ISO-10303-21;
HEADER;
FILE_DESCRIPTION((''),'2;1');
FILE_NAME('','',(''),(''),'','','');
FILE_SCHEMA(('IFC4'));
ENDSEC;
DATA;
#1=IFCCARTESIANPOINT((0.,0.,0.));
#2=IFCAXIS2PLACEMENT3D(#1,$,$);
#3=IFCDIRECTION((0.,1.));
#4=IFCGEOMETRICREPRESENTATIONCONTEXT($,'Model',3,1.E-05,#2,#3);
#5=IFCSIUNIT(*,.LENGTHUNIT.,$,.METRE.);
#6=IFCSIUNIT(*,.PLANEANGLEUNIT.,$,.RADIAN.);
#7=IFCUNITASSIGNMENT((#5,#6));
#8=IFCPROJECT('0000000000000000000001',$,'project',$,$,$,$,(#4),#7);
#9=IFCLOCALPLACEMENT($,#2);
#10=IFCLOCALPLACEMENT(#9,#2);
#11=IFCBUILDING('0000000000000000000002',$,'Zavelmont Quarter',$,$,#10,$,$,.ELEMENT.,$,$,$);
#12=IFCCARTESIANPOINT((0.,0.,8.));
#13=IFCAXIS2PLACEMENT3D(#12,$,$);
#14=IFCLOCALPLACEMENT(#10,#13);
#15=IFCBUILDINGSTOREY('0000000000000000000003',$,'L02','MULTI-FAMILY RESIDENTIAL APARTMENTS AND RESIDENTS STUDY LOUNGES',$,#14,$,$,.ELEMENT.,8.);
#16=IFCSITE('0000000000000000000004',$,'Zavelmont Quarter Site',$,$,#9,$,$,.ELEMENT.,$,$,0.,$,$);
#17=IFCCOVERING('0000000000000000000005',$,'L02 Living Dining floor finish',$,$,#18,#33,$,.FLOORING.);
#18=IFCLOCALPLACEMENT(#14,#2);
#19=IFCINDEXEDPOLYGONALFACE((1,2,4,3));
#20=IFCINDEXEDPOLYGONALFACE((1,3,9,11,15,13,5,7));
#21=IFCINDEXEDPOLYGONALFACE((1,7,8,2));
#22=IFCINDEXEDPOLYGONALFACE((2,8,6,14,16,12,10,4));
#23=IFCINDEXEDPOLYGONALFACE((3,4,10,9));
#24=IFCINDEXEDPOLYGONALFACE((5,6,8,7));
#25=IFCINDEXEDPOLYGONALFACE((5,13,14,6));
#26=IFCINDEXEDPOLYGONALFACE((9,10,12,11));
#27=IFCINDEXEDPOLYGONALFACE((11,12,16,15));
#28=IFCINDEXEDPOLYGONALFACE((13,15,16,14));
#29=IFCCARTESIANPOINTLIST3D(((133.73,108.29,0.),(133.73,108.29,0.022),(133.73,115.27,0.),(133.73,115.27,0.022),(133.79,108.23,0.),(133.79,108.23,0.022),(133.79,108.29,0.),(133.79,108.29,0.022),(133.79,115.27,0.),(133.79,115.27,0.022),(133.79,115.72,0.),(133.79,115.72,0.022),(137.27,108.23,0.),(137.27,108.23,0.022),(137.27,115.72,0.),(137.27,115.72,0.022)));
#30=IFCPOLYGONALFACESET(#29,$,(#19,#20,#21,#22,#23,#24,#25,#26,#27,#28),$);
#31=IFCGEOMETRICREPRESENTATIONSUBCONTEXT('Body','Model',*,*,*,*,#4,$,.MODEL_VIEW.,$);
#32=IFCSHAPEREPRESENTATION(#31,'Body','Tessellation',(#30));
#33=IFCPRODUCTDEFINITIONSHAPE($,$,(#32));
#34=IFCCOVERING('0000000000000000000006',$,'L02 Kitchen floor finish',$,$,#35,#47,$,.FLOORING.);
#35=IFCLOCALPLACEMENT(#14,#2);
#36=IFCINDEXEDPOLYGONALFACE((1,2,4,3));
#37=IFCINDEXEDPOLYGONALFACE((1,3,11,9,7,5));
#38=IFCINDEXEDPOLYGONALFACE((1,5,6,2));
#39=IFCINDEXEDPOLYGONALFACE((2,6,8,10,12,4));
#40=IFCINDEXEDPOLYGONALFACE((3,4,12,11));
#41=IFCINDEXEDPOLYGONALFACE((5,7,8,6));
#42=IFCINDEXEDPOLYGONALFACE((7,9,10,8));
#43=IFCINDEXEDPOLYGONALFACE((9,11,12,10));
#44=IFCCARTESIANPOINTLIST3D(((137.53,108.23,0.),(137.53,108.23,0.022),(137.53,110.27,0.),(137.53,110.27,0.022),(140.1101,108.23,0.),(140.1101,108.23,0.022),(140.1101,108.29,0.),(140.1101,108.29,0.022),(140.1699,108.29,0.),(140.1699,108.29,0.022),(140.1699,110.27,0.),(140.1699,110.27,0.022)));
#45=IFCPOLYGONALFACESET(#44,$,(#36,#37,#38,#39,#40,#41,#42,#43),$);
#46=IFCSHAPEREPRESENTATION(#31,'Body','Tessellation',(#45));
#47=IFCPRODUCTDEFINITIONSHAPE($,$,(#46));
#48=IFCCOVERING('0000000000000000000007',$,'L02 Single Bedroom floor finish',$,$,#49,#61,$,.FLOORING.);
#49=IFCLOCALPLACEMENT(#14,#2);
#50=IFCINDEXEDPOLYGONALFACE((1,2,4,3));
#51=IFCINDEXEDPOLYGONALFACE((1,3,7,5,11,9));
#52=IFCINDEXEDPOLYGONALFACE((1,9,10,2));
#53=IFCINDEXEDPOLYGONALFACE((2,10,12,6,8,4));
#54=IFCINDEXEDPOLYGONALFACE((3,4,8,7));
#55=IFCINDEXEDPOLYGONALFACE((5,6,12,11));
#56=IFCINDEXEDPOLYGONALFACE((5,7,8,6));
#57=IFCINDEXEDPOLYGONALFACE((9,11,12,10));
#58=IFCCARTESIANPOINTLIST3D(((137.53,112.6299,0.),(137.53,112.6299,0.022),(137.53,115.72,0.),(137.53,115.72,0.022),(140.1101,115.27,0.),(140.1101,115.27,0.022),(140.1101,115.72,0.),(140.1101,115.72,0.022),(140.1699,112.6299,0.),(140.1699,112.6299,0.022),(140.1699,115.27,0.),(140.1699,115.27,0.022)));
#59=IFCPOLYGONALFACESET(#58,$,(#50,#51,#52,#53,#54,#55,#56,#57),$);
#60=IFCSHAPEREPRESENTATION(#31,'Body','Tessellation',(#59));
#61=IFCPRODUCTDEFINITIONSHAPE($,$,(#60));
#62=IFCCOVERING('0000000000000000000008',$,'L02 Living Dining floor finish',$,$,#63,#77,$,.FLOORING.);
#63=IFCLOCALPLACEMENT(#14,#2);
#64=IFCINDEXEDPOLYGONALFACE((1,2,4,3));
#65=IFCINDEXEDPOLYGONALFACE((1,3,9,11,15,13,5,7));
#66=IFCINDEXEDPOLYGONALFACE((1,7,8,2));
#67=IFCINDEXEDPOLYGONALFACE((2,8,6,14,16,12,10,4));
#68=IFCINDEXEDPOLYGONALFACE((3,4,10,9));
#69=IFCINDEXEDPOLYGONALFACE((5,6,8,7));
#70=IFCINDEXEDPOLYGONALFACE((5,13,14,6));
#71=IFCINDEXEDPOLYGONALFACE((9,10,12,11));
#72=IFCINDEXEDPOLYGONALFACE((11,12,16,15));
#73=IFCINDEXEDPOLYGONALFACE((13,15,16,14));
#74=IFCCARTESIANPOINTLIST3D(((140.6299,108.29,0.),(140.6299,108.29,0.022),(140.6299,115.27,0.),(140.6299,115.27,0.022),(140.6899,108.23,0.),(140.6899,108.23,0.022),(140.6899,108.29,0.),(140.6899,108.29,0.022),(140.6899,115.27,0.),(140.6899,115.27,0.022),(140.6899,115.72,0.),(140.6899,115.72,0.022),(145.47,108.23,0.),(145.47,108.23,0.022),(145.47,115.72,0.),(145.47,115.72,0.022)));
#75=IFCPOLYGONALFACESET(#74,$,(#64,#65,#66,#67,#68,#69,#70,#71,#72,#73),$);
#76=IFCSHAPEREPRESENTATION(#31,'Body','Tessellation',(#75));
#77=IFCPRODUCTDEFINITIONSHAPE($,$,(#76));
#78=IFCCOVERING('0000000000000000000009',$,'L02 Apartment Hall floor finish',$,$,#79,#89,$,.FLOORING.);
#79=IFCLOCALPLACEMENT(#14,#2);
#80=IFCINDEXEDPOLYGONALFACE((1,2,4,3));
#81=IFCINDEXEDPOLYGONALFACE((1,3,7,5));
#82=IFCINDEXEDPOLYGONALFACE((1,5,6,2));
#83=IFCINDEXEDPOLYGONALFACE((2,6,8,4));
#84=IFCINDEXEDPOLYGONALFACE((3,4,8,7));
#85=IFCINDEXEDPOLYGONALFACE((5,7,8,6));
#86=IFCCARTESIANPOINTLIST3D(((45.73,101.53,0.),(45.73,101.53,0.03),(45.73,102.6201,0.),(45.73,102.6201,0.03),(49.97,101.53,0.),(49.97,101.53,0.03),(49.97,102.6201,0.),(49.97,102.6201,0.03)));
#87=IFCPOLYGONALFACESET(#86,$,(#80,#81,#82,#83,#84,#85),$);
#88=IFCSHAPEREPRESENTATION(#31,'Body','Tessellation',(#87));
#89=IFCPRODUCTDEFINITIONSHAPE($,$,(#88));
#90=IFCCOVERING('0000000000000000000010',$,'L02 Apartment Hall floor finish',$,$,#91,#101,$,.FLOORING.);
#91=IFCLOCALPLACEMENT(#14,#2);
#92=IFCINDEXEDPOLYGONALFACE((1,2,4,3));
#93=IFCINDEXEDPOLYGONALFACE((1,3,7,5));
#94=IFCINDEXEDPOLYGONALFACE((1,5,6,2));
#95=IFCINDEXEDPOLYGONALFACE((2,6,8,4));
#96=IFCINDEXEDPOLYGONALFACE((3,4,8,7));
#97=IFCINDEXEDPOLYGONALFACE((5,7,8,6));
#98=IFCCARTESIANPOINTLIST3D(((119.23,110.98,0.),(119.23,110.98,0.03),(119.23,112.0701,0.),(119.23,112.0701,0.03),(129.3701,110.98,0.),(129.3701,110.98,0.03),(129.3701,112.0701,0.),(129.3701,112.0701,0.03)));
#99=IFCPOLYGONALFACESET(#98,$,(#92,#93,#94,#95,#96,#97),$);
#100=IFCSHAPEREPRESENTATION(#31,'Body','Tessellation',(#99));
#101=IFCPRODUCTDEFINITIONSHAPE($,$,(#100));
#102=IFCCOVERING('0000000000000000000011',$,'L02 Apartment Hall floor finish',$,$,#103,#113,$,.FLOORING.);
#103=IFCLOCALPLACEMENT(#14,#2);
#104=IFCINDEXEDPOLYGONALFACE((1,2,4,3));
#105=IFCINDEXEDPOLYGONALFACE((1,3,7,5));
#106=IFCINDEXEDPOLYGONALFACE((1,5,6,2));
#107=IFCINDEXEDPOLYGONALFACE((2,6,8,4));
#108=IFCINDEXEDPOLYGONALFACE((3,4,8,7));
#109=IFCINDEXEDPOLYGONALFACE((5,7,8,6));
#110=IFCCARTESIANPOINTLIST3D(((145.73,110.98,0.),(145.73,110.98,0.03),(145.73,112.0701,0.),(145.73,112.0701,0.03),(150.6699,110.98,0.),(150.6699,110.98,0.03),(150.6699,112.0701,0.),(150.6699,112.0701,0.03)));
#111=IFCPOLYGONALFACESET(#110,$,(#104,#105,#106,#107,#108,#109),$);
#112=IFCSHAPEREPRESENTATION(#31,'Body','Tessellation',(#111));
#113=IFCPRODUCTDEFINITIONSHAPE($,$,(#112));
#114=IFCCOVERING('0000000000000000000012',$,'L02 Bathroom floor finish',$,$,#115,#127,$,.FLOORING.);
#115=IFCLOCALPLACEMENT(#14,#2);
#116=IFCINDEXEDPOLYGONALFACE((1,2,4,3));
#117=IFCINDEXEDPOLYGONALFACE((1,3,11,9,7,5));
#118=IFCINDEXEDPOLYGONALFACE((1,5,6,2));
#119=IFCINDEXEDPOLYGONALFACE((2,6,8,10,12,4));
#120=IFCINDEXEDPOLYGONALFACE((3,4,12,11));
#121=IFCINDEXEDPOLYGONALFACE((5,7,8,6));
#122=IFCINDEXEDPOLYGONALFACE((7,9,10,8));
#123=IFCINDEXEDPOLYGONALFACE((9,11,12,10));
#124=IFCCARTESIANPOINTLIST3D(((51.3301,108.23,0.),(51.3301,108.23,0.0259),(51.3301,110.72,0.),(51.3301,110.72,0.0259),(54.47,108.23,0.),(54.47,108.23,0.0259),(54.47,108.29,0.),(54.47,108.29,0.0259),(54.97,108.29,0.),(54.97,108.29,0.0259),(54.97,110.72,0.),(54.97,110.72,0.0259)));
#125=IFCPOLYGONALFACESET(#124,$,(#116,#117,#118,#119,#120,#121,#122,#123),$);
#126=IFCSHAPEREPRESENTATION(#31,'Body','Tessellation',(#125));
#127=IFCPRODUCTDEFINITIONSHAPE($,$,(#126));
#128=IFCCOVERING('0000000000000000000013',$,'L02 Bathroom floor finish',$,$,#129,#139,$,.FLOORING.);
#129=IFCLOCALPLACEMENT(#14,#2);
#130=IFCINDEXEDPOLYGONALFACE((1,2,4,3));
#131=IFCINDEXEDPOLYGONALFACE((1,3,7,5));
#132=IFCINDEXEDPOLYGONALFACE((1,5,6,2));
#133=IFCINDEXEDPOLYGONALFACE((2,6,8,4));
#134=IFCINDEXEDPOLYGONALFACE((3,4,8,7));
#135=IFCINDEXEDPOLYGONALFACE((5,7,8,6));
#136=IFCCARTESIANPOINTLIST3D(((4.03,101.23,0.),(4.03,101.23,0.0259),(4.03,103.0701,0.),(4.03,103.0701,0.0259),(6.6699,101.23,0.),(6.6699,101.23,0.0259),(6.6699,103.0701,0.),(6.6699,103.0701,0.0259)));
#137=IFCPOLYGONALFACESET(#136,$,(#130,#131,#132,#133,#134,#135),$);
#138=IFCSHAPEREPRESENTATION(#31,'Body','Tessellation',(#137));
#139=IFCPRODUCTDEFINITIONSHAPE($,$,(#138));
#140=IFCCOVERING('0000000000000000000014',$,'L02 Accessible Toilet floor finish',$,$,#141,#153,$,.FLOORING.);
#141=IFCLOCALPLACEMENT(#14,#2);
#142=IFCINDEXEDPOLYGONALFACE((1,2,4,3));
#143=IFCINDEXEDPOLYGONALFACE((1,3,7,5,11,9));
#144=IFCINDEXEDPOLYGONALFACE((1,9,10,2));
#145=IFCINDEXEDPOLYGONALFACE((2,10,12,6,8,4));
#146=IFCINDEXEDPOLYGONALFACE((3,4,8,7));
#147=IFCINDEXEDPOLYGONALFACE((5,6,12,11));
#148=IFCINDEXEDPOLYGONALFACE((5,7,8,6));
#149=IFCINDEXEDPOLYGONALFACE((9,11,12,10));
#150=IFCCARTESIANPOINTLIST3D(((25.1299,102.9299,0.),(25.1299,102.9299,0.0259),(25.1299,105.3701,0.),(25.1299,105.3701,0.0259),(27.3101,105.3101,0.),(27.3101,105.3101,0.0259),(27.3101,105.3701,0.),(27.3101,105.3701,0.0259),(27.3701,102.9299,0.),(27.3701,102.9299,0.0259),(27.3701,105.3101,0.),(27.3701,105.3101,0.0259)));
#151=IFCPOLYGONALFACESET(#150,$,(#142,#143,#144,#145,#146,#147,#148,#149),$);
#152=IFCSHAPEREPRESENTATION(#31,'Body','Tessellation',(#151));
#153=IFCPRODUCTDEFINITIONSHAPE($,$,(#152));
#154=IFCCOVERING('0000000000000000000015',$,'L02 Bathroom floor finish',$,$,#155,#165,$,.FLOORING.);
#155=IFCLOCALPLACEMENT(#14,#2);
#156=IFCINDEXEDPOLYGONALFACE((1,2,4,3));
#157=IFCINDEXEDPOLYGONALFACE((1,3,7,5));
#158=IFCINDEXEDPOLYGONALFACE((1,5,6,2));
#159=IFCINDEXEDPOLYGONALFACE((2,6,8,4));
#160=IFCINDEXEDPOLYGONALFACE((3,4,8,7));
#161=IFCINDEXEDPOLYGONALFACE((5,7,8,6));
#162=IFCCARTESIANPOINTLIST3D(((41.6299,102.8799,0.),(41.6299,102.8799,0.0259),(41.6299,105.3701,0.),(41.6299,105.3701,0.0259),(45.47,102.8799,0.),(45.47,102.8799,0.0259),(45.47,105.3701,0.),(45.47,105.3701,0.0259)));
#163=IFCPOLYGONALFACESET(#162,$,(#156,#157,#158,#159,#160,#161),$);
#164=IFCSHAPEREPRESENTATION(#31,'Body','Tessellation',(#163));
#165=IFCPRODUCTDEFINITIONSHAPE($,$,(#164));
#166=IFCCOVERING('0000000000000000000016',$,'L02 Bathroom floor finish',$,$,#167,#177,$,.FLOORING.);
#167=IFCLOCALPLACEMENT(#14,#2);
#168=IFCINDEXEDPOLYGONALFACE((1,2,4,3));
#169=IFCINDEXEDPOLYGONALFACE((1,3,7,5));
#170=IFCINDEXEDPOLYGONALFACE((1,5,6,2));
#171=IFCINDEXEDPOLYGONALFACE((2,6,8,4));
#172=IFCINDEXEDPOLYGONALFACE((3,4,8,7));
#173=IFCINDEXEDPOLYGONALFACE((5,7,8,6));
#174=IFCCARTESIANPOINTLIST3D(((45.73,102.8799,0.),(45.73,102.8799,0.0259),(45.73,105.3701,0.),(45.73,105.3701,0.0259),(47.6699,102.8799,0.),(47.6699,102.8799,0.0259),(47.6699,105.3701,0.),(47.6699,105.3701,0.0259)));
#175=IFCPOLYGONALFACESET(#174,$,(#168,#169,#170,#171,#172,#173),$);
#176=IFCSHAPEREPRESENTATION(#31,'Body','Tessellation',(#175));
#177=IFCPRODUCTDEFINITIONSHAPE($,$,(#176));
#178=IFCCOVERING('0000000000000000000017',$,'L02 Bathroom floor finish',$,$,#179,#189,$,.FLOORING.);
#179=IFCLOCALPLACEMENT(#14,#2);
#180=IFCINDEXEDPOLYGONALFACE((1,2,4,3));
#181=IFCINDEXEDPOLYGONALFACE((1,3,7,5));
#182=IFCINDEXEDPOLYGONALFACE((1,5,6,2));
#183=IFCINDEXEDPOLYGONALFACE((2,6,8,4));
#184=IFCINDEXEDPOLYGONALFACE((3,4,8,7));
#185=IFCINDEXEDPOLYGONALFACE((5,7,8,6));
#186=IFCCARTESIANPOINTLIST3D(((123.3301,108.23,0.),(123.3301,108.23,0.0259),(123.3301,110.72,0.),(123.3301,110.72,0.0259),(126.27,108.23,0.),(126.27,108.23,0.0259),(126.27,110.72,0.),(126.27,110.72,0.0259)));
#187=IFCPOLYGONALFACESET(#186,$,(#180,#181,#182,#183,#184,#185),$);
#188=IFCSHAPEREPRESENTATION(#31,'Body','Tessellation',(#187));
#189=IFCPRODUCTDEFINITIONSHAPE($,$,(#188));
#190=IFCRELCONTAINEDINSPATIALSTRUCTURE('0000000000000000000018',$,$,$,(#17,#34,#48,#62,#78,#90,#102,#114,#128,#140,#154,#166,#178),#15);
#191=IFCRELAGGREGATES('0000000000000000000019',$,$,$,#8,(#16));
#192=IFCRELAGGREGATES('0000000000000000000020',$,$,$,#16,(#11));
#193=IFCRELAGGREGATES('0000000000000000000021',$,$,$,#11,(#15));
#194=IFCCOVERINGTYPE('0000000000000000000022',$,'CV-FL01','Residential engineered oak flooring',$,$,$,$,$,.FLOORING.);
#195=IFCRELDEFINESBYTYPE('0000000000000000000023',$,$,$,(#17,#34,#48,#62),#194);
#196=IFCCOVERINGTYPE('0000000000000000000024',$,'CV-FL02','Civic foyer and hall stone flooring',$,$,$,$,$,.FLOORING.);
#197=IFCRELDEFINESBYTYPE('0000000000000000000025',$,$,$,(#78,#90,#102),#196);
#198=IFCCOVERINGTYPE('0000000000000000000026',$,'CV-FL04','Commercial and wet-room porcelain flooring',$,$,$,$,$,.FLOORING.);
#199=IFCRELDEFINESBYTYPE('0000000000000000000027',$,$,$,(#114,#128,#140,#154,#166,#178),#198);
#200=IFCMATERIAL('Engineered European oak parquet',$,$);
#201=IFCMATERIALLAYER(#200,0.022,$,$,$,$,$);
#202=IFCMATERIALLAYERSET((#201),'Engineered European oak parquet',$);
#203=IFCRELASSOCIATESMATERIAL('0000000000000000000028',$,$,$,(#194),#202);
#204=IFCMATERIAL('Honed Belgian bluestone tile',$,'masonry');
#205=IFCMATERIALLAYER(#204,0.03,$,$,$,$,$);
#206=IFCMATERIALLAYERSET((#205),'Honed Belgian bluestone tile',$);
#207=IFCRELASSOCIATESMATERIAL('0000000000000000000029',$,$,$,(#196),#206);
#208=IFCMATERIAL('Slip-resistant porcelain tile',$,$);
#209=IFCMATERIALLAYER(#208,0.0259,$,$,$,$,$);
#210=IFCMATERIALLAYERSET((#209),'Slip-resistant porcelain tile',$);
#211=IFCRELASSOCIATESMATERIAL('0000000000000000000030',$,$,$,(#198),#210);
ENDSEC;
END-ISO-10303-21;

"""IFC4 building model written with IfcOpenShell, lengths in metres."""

from ifc_helpers import new_model, si_unit, direction, frame, origin, place, context, subcontext, project, spatial, polyline, outline, extrude, material, layer, layer_set, type_object, element, save


model = new_model("IFC4")

# Units and contexts
model_context = context("Model", 3, precision=1e-05, world=origin(), true_north=direction((0.0, 1.0)))
body_context = subcontext(model_context, "Body", "Model", "MODEL_VIEW")
ifc_project = project(units=[si_unit("LENGTHUNIT", "METRE"), si_unit("PLANEANGLEUNIT", "RADIAN")], contexts=[model_context])

# Site, building, storey
site_placement = place(None, origin())
site = spatial("IfcSite", under=ifc_project, at=site_placement, Name="Zavelmont Quarter Site", CompositionType="ELEMENT", RefElevation=0.0)
building_placement = place(site_placement, origin())
building = spatial("IfcBuilding", under=site, at=building_placement, Name="Zavelmont Quarter", CompositionType="ELEMENT")
storey_placement = place(building_placement, frame((0.0, 0.0, 8.0)))
storey = spatial("IfcBuildingStorey", under=building, at=storey_placement, Name="L02", Description="MULTI-FAMILY RESIDENTIAL APARTMENTS AND RESIDENTS STUDY LOUNGES", CompositionType="ELEMENT", Elevation=8.0)

# Coverings
ifc_material_1 = material(Name="Engineered European oak parquet")
ifc_layer_1 = layer(ifc_material_1, 0.022)
ifc_layer_set_1 = layer_set([ifc_layer_1], Name="Engineered European oak parquet")
covering_type_1 = type_object("IfcCoveringType", Name="CV-FL01", Description="Residential engineered oak flooring", PredefinedType="FLOORING", material=ifc_layer_set_1)
covering_1_placement = place(storey_placement, origin())
element("IfcCovering", 1, at=covering_1_placement, inside=storey, type_object=covering_type_1, Name="L02 Living Dining floor finish", PredefinedType="FLOORING", context=body_context, shape_type="SweptSolid", body=[
    extrude(outline(polyline([(133.73, 115.27), (133.79, 115.27), (133.79, 115.72), (137.27, 115.72), (137.27, 108.23), (133.79, 108.23), (133.79, 108.29), (133.73, 108.29), (133.73, 115.27)])), origin(), (0.0, 0.0, 1.0), 0.022),
])
covering_2_placement = place(storey_placement, origin())
element("IfcCovering", 2, at=covering_2_placement, inside=storey, type_object=covering_type_1, Name="L02 Kitchen floor finish", PredefinedType="FLOORING", context=body_context, shape_type="SweptSolid", body=[
    extrude(outline(polyline([(137.53, 110.27), (140.1699, 110.27), (140.1699, 108.29), (140.1101, 108.29), (140.1101, 108.23), (137.53, 108.23), (137.53, 110.27)])), origin(), (0.0, 0.0, 1.0), 0.022),
])
covering_3_placement = place(storey_placement, origin())
element("IfcCovering", 3, at=covering_3_placement, inside=storey, type_object=covering_type_1, Name="L02 Single Bedroom floor finish", PredefinedType="FLOORING", context=body_context, shape_type="SweptSolid", body=[
    extrude(outline(polyline([(137.53, 115.72), (140.1101, 115.72), (140.1101, 115.27), (140.1699, 115.27), (140.1699, 112.6299), (137.53, 112.6299), (137.53, 115.72)])), origin(), (0.0, 0.0, 1.0), 0.022),
])
covering_4_placement = place(storey_placement, origin())
element("IfcCovering", 4, at=covering_4_placement, inside=storey, type_object=covering_type_1, Name="L02 Living Dining floor finish", PredefinedType="FLOORING", context=body_context, shape_type="SweptSolid", body=[
    extrude(outline(polyline([(140.6299, 115.27), (140.6899, 115.27), (140.6899, 115.72), (145.47, 115.72), (145.47, 108.23), (140.6899, 108.23), (140.6899, 108.29), (140.6299, 108.29), (140.6299, 115.27)])), origin(), (0.0, 0.0, 1.0), 0.022),
])
ifc_material_2 = material(Name="Honed Belgian bluestone tile", Category="masonry")
ifc_layer_2 = layer(ifc_material_2, 0.03)
ifc_layer_set_2 = layer_set([ifc_layer_2], Name="Honed Belgian bluestone tile")
covering_type_2 = type_object("IfcCoveringType", Name="CV-FL02", Description="Civic foyer and hall stone flooring", PredefinedType="FLOORING", material=ifc_layer_set_2)
covering_5_placement = place(storey_placement, origin())
element("IfcCovering", 5, at=covering_5_placement, inside=storey, type_object=covering_type_2, Name="L02 Apartment Hall floor finish", PredefinedType="FLOORING", context=body_context, shape_type="SweptSolid", body=[
    extrude(outline(polyline([(45.73, 102.6201), (49.97, 102.6201), (49.97, 101.53), (45.73, 101.53), (45.73, 102.6201)])), origin(), (0.0, 0.0, 1.0), 0.03),
])
covering_6_placement = place(storey_placement, origin())
element("IfcCovering", 6, at=covering_6_placement, inside=storey, type_object=covering_type_2, Name="L02 Apartment Hall floor finish", PredefinedType="FLOORING", context=body_context, shape_type="SweptSolid", body=[
    extrude(outline(polyline([(119.23, 112.0701), (129.3701, 112.0701), (129.3701, 110.98), (119.23, 110.98), (119.23, 112.0701)])), origin(), (0.0, 0.0, 1.0), 0.03),
])
covering_7_placement = place(storey_placement, origin())
element("IfcCovering", 7, at=covering_7_placement, inside=storey, type_object=covering_type_2, Name="L02 Apartment Hall floor finish", PredefinedType="FLOORING", context=body_context, shape_type="SweptSolid", body=[
    extrude(outline(polyline([(145.73, 112.0701), (150.6699, 112.0701), (150.6699, 110.98), (145.73, 110.98), (145.73, 112.0701)])), origin(), (0.0, 0.0, 1.0), 0.03),
])
ifc_material_3 = material(Name="Slip-resistant porcelain tile")
ifc_layer_3 = layer(ifc_material_3, 0.0259)
ifc_layer_set_3 = layer_set([ifc_layer_3], Name="Slip-resistant porcelain tile")
covering_type_3 = type_object("IfcCoveringType", Name="CV-FL04", Description="Commercial and wet-room porcelain flooring", PredefinedType="FLOORING", material=ifc_layer_set_3)
covering_8_placement = place(storey_placement, origin())
element("IfcCovering", 8, at=covering_8_placement, inside=storey, type_object=covering_type_3, Name="L02 Bathroom floor finish", PredefinedType="FLOORING", context=body_context, shape_type="SweptSolid", body=[
    extrude(outline(polyline([(51.3301, 110.72), (54.97, 110.72), (54.97, 108.29), (54.47, 108.29), (54.47, 108.23), (51.3301, 108.23), (51.3301, 110.72)])), origin(), (0.0, 0.0, 1.0), 0.0259),
])
covering_9_placement = place(storey_placement, origin())
element("IfcCovering", 9, at=covering_9_placement, inside=storey, type_object=covering_type_3, Name="L02 Bathroom floor finish", PredefinedType="FLOORING", context=body_context, shape_type="SweptSolid", body=[
    extrude(outline(polyline([(4.03, 103.0701), (6.6699, 103.0701), (6.6699, 101.23), (4.03, 101.23), (4.03, 103.0701)])), origin(), (0.0, 0.0, 1.0), 0.0259),
])
covering_10_placement = place(storey_placement, origin())
element("IfcCovering", 10, at=covering_10_placement, inside=storey, type_object=covering_type_3, Name="L02 Accessible Toilet floor finish", PredefinedType="FLOORING", context=body_context, shape_type="SweptSolid", body=[
    extrude(outline(polyline([(25.1299, 105.3701), (27.3101, 105.3701), (27.3101, 105.3101), (27.3701, 105.3101), (27.3701, 102.9299), (25.1299, 102.9299), (25.1299, 105.3701)])), origin(), (0.0, 0.0, 1.0), 0.0259),
])
covering_11_placement = place(storey_placement, origin())
element("IfcCovering", 11, at=covering_11_placement, inside=storey, type_object=covering_type_3, Name="L02 Bathroom floor finish", PredefinedType="FLOORING", context=body_context, shape_type="SweptSolid", body=[
    extrude(outline(polyline([(41.6299, 105.3701), (45.47, 105.3701), (45.47, 102.8799), (41.6299, 102.8799), (41.6299, 105.3701)])), origin(), (0.0, 0.0, 1.0), 0.0259),
])
covering_12_placement = place(storey_placement, origin())
element("IfcCovering", 12, at=covering_12_placement, inside=storey, type_object=covering_type_3, Name="L02 Bathroom floor finish", PredefinedType="FLOORING", context=body_context, shape_type="SweptSolid", body=[
    extrude(outline(polyline([(45.73, 105.3701), (47.6699, 105.3701), (47.6699, 102.8799), (45.73, 102.8799), (45.73, 105.3701)])), origin(), (0.0, 0.0, 1.0), 0.0259),
])
covering_13_placement = place(storey_placement, origin())
element("IfcCovering", 13, at=covering_13_placement, inside=storey, type_object=covering_type_3, Name="L02 Bathroom floor finish", PredefinedType="FLOORING", context=body_context, shape_type="SweptSolid", body=[
    extrude(outline(polyline([(123.3301, 110.72), (126.27, 110.72), (126.27, 108.23), (123.3301, 108.23), (123.3301, 110.72)])), origin(), (0.0, 0.0, 1.0), 0.0259),
])

save(model, "model.ifc")
